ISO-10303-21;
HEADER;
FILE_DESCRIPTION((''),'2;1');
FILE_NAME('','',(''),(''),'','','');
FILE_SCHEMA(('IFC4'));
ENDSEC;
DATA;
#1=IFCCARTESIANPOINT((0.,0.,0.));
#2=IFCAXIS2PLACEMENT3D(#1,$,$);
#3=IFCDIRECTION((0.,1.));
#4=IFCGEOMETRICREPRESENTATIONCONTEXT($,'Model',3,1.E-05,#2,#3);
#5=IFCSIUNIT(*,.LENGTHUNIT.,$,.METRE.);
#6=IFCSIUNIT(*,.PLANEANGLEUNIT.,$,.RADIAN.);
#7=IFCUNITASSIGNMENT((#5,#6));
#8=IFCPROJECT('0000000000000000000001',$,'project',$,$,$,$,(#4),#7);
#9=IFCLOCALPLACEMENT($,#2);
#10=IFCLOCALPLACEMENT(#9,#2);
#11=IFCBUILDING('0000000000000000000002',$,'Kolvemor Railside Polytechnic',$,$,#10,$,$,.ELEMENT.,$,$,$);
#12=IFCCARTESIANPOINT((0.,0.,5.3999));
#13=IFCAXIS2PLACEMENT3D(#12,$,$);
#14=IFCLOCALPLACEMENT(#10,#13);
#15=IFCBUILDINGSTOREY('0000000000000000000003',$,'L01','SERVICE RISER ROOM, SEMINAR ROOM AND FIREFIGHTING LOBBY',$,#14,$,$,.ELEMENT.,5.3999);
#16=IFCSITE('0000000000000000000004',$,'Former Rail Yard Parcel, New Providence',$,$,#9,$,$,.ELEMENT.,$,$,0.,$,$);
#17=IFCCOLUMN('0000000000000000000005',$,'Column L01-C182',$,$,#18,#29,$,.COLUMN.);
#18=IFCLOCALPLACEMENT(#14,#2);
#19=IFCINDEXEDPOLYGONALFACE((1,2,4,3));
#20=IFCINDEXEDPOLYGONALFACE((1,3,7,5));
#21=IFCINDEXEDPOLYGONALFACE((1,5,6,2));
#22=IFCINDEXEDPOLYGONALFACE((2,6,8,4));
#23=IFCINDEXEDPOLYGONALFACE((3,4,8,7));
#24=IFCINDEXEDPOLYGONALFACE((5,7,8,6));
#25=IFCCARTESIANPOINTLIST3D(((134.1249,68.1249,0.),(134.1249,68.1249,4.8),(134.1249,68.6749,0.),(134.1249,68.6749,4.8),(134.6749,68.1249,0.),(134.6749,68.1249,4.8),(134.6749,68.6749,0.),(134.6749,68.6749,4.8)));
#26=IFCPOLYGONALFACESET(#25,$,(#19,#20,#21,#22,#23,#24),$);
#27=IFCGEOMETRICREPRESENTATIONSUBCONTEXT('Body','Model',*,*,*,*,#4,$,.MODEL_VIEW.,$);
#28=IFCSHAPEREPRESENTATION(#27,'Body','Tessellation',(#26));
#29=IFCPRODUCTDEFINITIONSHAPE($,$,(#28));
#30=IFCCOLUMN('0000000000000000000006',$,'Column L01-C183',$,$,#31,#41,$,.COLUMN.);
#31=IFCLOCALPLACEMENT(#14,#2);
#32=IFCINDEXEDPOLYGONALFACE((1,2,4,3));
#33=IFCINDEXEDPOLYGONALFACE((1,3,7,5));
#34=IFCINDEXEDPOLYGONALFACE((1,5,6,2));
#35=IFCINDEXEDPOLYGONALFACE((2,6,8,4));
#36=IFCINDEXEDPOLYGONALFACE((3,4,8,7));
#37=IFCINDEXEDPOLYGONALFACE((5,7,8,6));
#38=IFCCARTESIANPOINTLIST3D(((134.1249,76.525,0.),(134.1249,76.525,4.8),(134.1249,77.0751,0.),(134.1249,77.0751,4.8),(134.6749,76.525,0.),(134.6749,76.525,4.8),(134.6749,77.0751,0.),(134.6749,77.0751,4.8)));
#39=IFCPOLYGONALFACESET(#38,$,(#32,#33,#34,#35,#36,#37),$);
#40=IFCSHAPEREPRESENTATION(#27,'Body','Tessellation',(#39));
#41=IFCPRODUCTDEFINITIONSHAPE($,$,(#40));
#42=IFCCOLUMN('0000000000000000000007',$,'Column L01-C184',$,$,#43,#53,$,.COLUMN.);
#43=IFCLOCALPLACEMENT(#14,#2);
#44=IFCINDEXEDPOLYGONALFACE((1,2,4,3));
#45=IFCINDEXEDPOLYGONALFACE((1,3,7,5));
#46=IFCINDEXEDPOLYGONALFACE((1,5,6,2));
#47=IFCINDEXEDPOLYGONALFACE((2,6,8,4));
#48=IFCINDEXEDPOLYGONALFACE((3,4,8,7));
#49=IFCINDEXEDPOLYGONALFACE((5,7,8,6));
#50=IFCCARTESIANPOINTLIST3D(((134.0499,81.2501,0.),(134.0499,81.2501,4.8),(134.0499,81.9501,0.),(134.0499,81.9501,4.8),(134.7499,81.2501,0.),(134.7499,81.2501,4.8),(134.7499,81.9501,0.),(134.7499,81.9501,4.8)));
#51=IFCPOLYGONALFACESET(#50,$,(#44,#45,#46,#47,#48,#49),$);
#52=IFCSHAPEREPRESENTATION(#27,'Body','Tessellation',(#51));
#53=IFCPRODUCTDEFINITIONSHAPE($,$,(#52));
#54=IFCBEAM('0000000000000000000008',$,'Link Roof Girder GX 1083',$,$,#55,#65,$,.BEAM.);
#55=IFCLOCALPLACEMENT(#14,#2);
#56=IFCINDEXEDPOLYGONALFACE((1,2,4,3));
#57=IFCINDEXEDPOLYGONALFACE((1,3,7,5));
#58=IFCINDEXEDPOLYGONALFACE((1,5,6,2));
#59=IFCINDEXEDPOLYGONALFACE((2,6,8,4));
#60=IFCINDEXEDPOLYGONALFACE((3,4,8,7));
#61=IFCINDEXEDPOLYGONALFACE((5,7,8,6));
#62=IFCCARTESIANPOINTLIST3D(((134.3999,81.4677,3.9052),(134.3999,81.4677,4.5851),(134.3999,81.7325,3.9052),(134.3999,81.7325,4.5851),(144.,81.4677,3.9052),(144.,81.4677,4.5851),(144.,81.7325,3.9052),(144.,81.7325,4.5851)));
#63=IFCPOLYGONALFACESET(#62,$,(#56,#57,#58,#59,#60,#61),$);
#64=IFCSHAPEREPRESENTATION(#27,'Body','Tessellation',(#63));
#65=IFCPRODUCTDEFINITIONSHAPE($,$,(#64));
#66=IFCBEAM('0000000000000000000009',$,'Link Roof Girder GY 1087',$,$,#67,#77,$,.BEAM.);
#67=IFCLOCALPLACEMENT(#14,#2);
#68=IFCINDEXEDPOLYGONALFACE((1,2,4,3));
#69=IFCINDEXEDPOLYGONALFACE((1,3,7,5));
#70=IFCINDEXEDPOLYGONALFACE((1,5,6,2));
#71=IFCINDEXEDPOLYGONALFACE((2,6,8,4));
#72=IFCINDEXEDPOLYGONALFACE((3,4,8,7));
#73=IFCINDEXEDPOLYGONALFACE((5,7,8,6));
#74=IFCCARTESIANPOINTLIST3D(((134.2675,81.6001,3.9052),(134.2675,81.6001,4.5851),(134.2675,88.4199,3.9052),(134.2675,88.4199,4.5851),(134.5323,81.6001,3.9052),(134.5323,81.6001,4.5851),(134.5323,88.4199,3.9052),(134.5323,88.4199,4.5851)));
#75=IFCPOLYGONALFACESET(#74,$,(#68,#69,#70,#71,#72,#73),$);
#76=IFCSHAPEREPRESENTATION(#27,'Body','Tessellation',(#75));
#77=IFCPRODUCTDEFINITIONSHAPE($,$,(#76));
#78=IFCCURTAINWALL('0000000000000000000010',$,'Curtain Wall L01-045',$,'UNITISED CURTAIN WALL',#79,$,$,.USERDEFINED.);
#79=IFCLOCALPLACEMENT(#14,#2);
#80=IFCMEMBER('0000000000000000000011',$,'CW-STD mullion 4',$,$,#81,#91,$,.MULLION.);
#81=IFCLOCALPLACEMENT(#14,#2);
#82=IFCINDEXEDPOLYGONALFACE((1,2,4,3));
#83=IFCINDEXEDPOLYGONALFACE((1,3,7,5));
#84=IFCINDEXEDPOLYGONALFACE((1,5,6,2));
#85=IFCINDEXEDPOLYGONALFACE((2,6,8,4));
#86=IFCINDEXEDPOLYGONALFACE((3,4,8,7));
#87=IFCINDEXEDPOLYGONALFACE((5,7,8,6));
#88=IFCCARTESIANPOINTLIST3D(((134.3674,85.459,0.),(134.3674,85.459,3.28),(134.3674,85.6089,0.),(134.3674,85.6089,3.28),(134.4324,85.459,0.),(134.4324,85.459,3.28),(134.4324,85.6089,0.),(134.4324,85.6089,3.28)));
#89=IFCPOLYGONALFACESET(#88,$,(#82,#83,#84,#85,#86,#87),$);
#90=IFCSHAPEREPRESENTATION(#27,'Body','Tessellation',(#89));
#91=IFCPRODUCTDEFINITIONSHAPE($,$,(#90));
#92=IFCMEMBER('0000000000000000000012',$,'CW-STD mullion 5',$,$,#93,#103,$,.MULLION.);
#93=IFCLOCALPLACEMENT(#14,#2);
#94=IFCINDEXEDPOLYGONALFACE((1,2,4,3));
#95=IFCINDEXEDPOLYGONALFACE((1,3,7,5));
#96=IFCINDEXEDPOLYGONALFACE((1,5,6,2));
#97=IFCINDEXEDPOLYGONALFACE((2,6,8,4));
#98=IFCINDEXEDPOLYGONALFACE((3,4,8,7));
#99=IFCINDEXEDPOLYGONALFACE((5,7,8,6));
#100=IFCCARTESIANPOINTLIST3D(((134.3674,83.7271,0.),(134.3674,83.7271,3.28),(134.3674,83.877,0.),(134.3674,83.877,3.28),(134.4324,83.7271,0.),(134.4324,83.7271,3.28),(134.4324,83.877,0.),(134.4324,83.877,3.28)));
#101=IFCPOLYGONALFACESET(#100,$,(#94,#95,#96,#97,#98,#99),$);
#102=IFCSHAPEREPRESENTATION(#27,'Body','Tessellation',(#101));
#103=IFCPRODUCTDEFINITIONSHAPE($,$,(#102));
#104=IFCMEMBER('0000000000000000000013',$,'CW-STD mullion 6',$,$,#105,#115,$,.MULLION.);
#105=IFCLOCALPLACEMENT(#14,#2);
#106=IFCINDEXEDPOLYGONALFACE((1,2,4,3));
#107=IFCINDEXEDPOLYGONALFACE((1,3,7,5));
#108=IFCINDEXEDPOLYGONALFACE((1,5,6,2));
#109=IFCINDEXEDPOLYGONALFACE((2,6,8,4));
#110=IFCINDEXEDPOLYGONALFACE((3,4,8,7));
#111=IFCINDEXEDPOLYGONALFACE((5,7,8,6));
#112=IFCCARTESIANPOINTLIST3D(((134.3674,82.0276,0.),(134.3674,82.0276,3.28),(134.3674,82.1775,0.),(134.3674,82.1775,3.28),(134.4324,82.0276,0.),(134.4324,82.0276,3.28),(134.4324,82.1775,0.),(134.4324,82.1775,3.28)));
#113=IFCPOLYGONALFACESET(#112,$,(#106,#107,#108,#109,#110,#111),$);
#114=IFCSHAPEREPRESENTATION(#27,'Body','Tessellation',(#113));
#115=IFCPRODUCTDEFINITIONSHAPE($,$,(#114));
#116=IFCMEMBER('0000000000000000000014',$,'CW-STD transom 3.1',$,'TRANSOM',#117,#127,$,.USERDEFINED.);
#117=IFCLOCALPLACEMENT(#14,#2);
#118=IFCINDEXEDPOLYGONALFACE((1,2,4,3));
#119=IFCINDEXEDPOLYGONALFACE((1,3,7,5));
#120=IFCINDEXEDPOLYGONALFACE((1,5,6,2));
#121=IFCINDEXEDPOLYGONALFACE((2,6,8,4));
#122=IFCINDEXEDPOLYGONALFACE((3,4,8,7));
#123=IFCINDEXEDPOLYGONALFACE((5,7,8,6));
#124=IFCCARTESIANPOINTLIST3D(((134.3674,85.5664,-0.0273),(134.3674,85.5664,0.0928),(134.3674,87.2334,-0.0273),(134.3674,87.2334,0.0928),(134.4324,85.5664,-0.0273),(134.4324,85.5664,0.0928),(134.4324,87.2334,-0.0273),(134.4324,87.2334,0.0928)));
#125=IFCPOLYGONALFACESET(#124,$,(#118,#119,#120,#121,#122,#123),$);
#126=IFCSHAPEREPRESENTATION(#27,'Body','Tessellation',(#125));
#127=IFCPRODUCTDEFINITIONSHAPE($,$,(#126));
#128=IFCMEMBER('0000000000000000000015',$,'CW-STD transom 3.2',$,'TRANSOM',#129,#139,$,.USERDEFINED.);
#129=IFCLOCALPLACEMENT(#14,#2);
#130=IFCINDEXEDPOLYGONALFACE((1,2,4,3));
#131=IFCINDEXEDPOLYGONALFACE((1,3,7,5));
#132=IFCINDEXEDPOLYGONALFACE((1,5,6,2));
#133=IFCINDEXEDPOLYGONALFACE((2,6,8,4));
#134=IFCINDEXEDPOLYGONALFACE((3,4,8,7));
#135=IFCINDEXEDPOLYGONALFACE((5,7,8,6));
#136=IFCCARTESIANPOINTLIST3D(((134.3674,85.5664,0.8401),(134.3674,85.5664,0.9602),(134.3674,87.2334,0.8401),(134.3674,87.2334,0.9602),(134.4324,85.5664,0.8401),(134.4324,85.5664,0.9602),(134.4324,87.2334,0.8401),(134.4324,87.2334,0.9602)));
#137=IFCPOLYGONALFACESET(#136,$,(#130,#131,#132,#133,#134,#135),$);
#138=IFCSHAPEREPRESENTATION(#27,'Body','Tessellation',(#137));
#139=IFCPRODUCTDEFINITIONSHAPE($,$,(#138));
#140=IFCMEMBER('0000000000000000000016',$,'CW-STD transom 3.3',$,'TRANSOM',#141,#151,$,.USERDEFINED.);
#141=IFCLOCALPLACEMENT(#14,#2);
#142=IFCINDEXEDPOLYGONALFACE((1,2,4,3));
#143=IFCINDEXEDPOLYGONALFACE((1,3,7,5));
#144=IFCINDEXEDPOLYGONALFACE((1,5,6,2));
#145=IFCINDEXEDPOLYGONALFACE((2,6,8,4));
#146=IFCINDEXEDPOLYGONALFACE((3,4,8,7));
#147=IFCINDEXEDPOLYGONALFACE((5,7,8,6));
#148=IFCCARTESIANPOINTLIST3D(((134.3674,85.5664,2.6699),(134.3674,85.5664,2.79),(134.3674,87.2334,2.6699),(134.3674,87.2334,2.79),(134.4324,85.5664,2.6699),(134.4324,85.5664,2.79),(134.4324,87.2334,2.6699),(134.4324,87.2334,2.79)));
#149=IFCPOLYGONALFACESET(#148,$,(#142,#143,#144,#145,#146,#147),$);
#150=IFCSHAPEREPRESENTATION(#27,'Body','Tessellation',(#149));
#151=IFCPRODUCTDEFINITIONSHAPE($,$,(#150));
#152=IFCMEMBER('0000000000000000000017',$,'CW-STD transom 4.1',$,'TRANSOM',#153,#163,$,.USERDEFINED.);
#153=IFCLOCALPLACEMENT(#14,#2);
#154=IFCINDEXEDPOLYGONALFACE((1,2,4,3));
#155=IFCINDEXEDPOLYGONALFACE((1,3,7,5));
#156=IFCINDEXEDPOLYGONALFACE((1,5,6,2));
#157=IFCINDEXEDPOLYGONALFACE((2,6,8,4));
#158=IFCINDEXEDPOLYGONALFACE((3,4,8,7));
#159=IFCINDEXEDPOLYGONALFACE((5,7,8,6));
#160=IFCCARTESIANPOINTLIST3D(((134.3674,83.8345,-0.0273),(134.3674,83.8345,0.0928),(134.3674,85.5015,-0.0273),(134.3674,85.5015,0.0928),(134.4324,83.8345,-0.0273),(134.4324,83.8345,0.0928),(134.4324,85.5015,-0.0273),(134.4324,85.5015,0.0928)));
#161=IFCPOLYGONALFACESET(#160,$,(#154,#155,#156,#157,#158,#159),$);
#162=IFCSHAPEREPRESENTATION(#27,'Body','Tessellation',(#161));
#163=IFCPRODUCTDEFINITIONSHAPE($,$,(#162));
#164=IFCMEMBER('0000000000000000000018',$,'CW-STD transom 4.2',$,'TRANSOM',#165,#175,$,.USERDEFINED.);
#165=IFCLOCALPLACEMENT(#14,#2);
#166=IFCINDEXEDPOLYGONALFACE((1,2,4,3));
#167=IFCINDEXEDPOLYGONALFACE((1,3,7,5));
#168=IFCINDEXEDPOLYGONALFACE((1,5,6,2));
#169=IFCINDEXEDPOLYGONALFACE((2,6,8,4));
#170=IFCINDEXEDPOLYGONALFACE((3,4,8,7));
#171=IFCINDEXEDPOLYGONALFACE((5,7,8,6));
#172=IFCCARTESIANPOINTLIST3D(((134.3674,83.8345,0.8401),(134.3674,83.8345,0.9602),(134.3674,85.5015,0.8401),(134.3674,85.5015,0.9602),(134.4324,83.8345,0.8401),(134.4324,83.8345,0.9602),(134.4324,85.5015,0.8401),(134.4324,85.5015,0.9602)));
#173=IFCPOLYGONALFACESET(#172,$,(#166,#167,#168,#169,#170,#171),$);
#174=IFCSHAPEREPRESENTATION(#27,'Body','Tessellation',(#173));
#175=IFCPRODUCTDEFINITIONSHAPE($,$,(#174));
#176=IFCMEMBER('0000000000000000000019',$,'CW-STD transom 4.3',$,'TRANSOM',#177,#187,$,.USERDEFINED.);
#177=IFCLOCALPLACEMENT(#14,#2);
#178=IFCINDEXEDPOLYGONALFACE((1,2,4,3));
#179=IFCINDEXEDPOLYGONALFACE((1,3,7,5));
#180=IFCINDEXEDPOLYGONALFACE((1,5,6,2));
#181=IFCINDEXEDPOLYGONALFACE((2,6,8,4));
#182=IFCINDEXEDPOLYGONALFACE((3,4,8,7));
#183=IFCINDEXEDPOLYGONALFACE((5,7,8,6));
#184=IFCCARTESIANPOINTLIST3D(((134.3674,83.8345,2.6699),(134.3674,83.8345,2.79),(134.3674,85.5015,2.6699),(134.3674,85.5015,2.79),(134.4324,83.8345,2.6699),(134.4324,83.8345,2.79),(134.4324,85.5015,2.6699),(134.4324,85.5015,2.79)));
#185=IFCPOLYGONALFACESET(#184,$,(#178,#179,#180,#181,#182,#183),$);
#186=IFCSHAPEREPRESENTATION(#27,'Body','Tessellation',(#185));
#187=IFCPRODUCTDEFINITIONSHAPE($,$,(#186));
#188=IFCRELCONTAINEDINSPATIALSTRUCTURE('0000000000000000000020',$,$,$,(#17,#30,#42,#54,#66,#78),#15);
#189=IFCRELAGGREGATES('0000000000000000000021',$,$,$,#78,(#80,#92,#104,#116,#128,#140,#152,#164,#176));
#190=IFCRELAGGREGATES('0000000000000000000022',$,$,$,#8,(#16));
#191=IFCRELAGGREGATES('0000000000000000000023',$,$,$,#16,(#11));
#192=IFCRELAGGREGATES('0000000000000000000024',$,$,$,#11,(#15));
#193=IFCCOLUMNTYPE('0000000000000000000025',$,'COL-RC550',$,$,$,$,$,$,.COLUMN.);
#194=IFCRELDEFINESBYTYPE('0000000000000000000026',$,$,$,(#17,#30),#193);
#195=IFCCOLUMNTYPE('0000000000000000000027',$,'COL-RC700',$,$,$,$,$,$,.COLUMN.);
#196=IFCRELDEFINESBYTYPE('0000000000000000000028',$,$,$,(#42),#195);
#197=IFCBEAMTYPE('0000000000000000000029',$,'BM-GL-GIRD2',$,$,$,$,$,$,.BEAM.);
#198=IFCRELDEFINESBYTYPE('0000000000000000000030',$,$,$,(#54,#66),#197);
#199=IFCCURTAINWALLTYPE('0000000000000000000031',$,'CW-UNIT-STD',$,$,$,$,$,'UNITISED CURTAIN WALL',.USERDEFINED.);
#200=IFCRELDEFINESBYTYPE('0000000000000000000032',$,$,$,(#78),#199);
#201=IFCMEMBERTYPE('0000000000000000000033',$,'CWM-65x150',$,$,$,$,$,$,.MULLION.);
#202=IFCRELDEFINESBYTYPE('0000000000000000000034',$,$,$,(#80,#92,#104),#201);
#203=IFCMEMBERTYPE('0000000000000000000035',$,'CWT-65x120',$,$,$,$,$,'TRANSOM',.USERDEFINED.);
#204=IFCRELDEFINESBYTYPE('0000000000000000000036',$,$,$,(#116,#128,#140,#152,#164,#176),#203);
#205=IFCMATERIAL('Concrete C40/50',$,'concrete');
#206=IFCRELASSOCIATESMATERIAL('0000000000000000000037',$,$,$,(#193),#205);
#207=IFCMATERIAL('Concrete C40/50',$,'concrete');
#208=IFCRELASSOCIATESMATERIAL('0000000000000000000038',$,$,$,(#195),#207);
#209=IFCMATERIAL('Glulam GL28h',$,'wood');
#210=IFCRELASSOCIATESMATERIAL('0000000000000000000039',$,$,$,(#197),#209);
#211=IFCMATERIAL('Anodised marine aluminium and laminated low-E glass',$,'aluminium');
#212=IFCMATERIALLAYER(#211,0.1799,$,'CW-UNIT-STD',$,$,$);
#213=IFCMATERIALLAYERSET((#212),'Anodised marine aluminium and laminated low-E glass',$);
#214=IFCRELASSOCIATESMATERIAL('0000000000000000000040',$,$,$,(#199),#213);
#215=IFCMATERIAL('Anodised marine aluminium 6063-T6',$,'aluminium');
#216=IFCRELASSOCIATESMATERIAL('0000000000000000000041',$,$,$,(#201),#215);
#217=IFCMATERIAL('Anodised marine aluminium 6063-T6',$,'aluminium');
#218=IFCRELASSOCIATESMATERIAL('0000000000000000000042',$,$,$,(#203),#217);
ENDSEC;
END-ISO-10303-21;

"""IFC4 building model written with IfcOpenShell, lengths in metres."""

from ifc_helpers import new_model, si_unit, direction, frame, origin, origin_2d, place, context, subcontext, project, spatial, rectangle, extrude, material, layer, layer_set, material_profile, profile_set, type_object, element, aggregate, save


model = new_model("IFC4")

# Units and contexts
model_context = context("Model", 3, precision=1e-05, world=origin(), true_north=direction((0.0, 1.0)))
body_context = subcontext(model_context, "Body", "Model", "MODEL_VIEW")
ifc_project = project(units=[si_unit("LENGTHUNIT", "METRE"), si_unit("PLANEANGLEUNIT", "RADIAN")], contexts=[model_context])

# Site, building, storey
site_placement = place(None, origin())
site = spatial("IfcSite", under=ifc_project, at=site_placement, Name="Former Rail Yard Parcel, New Providence", CompositionType="ELEMENT", RefElevation=0.0)
building_placement = place(site_placement, origin())
building = spatial("IfcBuilding", under=site, at=building_placement, Name="Kolvemor Railside Polytechnic", CompositionType="ELEMENT")
storey_placement = place(building_placement, frame((0.0, 0.0, 5.3999)))
storey = spatial("IfcBuildingStorey", under=building, at=storey_placement, Name="L01", Description="SERVICE RISER ROOM, SEMINAR ROOM AND FIREFIGHTING LOBBY", CompositionType="ELEMENT", Elevation=5.3999)

# Columns
ifc_material_1 = material(Name="Concrete C40/50", Category="concrete")
ifc_material_profile_1 = material_profile(ifc_material_1, rectangle(XDim=0.55, YDim=0.55, at=origin_2d()), Name="RC550x550")
ifc_profile_set_1 = profile_set([ifc_material_profile_1], Name="Concrete C40/50")
column_type_1 = type_object("IfcColumnType", Name="COL-RC550", PredefinedType="COLUMN", material=ifc_profile_set_1)
for number, where, z_axis, x_axis, name in (
    (1, (134.3999, 68.3999, 0.0), (0.0, 0.0, 1.0), (1.0, 0.0, 0.0), "Column L01-C182"),
    (2, (134.3999, 76.8, 0.0), (0.0, 0.0, 1.0), (1.0, 0.0, 0.0), "Column L01-C183"),
):
    element("IfcColumn", number, at=place(storey_placement, frame(where, z_axis=z_axis, x_axis=x_axis)), inside=storey, type_object=column_type_1, Name=name, PredefinedType="COLUMN", context=body_context, shape_type="SweptSolid", body=[
        extrude(rectangle(XDim=0.55, YDim=0.55, at=origin_2d()), origin(), (0.0, 0.0, 1.0), 4.8),
    ])
ifc_material_2 = material(Name="Concrete C40/50", Category="concrete")
ifc_material_profile_2 = material_profile(ifc_material_2, rectangle(XDim=0.7, YDim=0.7, at=origin_2d()), Name="RC700x700")
ifc_profile_set_2 = profile_set([ifc_material_profile_2], Name="Concrete C40/50")
column_type_2 = type_object("IfcColumnType", Name="COL-RC700", PredefinedType="COLUMN", material=ifc_profile_set_2)
column_placement = place(storey_placement, frame((134.3999, 81.6001, 0.0), z_axis=(0.0, 0.0, 1.0), x_axis=(1.0, 0.0, 0.0)))
element("IfcColumn", 3, at=column_placement, inside=storey, type_object=column_type_2, Name="Column L01-C184", PredefinedType="COLUMN", context=body_context, shape_type="SweptSolid", body=[
    extrude(rectangle(XDim=0.7, YDim=0.7, at=origin_2d()), origin(), (0.0, 0.0, 1.0), 4.8),
])

# Beams
ifc_material_3 = material(Name="Glulam GL28h", Category="wood")
ifc_material_profile_3 = material_profile(ifc_material_3, rectangle(XDim=0.2649, YDim=0.6799, at=origin_2d()), Name="GL265x680")
ifc_profile_set_3 = profile_set([ifc_material_profile_3], Name="Glulam GL28h")
beam_type = type_object("IfcBeamType", Name="BM-GL-GIRD2", PredefinedType="BEAM", material=ifc_profile_set_3)
beam_1_placement = place(storey_placement, frame((134.3999, 81.6001, 4.2451), z_axis=(1.0, 0.0, 0.0), x_axis=(0.0, 1.0, 0.0)))
element("IfcBeam", 4, at=beam_1_placement, inside=storey, type_object=beam_type, Name="Link Roof Girder GX 1083", PredefinedType="BEAM", context=body_context, shape_type="SweptSolid", body=[
    extrude(rectangle(XDim=0.2649, YDim=0.6799, at=origin_2d()), origin(), (0.0, 0.0, 1.0), 9.6001),
])
beam_2_placement = place(storey_placement, frame((134.3999, 81.6001, 4.2451), z_axis=(0.0, 1.0, 0.0), x_axis=(-1.0, 0.0, 0.0)))
element("IfcBeam", 5, at=beam_2_placement, inside=storey, type_object=beam_type, Name="Link Roof Girder GY 1087", PredefinedType="BEAM", context=body_context, shape_type="SweptSolid", body=[
    extrude(rectangle(XDim=0.2649, YDim=0.6799, at=origin_2d()), origin(), (0.0, 0.0, 1.0), 6.8198),
])

# Curtain wall, members
ifc_material_4 = material(Name="Anodised marine aluminium and laminated low-E glass", Category="aluminium")
ifc_layer_1 = layer(ifc_material_4, 0.1799, Name="CW-UNIT-STD")
ifc_layer_set_1 = layer_set([ifc_layer_1], Name="Anodised marine aluminium and laminated low-E glass")
curtain_wall_type = type_object("IfcCurtainWallType", Name="CW-UNIT-STD", ElementType="UNITISED CURTAIN WALL", PredefinedType="USERDEFINED", material=ifc_layer_set_1)
curtain_wall_placement = place(storey_placement, origin())
curtain_wall = element("IfcCurtainWall", 6, at=curtain_wall_placement, inside=storey, type_object=curtain_wall_type, Name="Curtain Wall L01-045", ObjectType="UNITISED CURTAIN WALL", PredefinedType="USERDEFINED")
ifc_material_5 = material(Name="Anodised marine aluminium 6063-T6", Category="aluminium")
ifc_material_profile_4 = material_profile(ifc_material_5, rectangle(XDim=0.0649, YDim=0.1499, at=origin_2d()), Name="CW-MUL-65x150")
ifc_profile_set_4 = profile_set([ifc_material_profile_4], Name="Anodised marine aluminium 6063-T6")
member_type_1 = type_object("IfcMemberType", Name="CWM-65x150", PredefinedType="MULLION", material=ifc_profile_set_4)
member_1_placement = place(storey_placement, frame((134.3999, 85.5339, 0.0), z_axis=(0.0, 0.0, 1.0), x_axis=(1.0, 0.0, 0.0)))
member_1 = element("IfcMember", 7, at=member_1_placement, type_object=member_type_1, Name="CW-STD mullion 4", PredefinedType="MULLION", context=body_context, shape_type="SweptSolid", body=[
    extrude(rectangle(XDim=0.0649, YDim=0.1499, at=origin_2d()), origin(), (0.0, 0.0, 1.0), 3.28),
])
member_2_placement = place(storey_placement, frame((134.3999, 83.802, 0.0), z_axis=(0.0, 0.0, 1.0), x_axis=(1.0, 0.0, 0.0)))
member_2 = element("IfcMember", 8, at=member_2_placement, type_object=member_type_1, Name="CW-STD mullion 5", PredefinedType="MULLION", context=body_context, shape_type="SweptSolid", body=[
    extrude(rectangle(XDim=0.0649, YDim=0.1499, at=origin_2d()), origin(), (0.0, 0.0, 1.0), 3.28),
])
member_3_placement = place(storey_placement, frame((134.3999, 82.1025, 0.0), z_axis=(0.0, 0.0, 1.0), x_axis=(1.0, 0.0, 0.0)))
member_3 = element("IfcMember", 9, at=member_3_placement, type_object=member_type_1, Name="CW-STD mullion 6", PredefinedType="MULLION", context=body_context, shape_type="SweptSolid", body=[
    extrude(rectangle(XDim=0.0649, YDim=0.1499, at=origin_2d()), origin(), (0.0, 0.0, 1.0), 3.28),
])
ifc_material_6 = material(Name="Anodised marine aluminium 6063-T6", Category="aluminium")
ifc_material_profile_5 = material_profile(ifc_material_6, rectangle(XDim=0.0649, YDim=0.1201, at=origin_2d()), Name="CW-TRN-65x120")
ifc_profile_set_5 = profile_set([ifc_material_profile_5], Name="Anodised marine aluminium 6063-T6")
member_type_2 = type_object("IfcMemberType", Name="CWT-65x120", ElementType="TRANSOM", PredefinedType="USERDEFINED", material=ifc_profile_set_5)
member_4_placement = place(storey_placement, frame((134.3999, 87.2334, 0.0327), z_axis=(0.0, -1.0, 0.0), x_axis=(1.0, 0.0, 0.0)))
member_4 = element("IfcMember", 10, at=member_4_placement, type_object=member_type_2, Name="CW-STD transom 3.1", ObjectType="TRANSOM", PredefinedType="USERDEFINED", context=body_context, shape_type="SweptSolid", body=[
    extrude(rectangle(XDim=0.0649, YDim=0.1201, at=origin_2d()), origin(), (0.0, 0.0, 1.0), 1.667),
])
member_5_placement = place(storey_placement, frame((134.3999, 87.2334, 0.9001), z_axis=(0.0, -1.0, 0.0), x_axis=(1.0, 0.0, 0.0)))
member_5 = element("IfcMember", 11, at=member_5_placement, type_object=member_type_2, Name="CW-STD transom 3.2", ObjectType="TRANSOM", PredefinedType="USERDEFINED", context=body_context, shape_type="SweptSolid", body=[
    extrude(rectangle(XDim=0.0649, YDim=0.1201, at=origin_2d()), origin(), (0.0, 0.0, 1.0), 1.667),
])
member_6_placement = place(storey_placement, frame((134.3999, 87.2334, 2.73), z_axis=(0.0, -1.0, 0.0), x_axis=(1.0, 0.0, 0.0)))
member_6 = element("IfcMember", 12, at=member_6_placement, type_object=member_type_2, Name="CW-STD transom 3.3", ObjectType="TRANSOM", PredefinedType="USERDEFINED", context=body_context, shape_type="SweptSolid", body=[
    extrude(rectangle(XDim=0.0649, YDim=0.1201, at=origin_2d()), origin(), (0.0, 0.0, 1.0), 1.667),
])
member_7_placement = place(storey_placement, frame((134.3999, 85.5015, 0.0327), z_axis=(0.0, -1.0, 0.0), x_axis=(1.0, 0.0, 0.0)))
member_7 = element("IfcMember", 13, at=member_7_placement, type_object=member_type_2, Name="CW-STD transom 4.1", ObjectType="TRANSOM", PredefinedType="USERDEFINED", context=body_context, shape_type="SweptSolid", body=[
    extrude(rectangle(XDim=0.0649, YDim=0.1201, at=origin_2d()), origin(), (0.0, 0.0, 1.0), 1.667),
])
member_8_placement = place(storey_placement, frame((134.3999, 85.5015, 0.9001), z_axis=(0.0, -1.0, 0.0), x_axis=(1.0, 0.0, 0.0)))
member_8 = element("IfcMember", 14, at=member_8_placement, type_object=member_type_2, Name="CW-STD transom 4.2", ObjectType="TRANSOM", PredefinedType="USERDEFINED", context=body_context, shape_type="SweptSolid", body=[
    extrude(rectangle(XDim=0.0649, YDim=0.1201, at=origin_2d()), origin(), (0.0, 0.0, 1.0), 1.667),
])
member_9_placement = place(storey_placement, frame((134.3999, 85.5015, 2.73), z_axis=(0.0, -1.0, 0.0), x_axis=(1.0, 0.0, 0.0)))
member_9 = element("IfcMember", 15, at=member_9_placement, type_object=member_type_2, Name="CW-STD transom 4.3", ObjectType="TRANSOM", PredefinedType="USERDEFINED", context=body_context, shape_type="SweptSolid", body=[
    extrude(rectangle(XDim=0.0649, YDim=0.1201, at=origin_2d()), origin(), (0.0, 0.0, 1.0), 1.667),
])
aggregate(curtain_wall, [member_1, member_2, member_3, member_4, member_5, member_6, member_7, member_8, member_9])

save(model, "model.ifc")
